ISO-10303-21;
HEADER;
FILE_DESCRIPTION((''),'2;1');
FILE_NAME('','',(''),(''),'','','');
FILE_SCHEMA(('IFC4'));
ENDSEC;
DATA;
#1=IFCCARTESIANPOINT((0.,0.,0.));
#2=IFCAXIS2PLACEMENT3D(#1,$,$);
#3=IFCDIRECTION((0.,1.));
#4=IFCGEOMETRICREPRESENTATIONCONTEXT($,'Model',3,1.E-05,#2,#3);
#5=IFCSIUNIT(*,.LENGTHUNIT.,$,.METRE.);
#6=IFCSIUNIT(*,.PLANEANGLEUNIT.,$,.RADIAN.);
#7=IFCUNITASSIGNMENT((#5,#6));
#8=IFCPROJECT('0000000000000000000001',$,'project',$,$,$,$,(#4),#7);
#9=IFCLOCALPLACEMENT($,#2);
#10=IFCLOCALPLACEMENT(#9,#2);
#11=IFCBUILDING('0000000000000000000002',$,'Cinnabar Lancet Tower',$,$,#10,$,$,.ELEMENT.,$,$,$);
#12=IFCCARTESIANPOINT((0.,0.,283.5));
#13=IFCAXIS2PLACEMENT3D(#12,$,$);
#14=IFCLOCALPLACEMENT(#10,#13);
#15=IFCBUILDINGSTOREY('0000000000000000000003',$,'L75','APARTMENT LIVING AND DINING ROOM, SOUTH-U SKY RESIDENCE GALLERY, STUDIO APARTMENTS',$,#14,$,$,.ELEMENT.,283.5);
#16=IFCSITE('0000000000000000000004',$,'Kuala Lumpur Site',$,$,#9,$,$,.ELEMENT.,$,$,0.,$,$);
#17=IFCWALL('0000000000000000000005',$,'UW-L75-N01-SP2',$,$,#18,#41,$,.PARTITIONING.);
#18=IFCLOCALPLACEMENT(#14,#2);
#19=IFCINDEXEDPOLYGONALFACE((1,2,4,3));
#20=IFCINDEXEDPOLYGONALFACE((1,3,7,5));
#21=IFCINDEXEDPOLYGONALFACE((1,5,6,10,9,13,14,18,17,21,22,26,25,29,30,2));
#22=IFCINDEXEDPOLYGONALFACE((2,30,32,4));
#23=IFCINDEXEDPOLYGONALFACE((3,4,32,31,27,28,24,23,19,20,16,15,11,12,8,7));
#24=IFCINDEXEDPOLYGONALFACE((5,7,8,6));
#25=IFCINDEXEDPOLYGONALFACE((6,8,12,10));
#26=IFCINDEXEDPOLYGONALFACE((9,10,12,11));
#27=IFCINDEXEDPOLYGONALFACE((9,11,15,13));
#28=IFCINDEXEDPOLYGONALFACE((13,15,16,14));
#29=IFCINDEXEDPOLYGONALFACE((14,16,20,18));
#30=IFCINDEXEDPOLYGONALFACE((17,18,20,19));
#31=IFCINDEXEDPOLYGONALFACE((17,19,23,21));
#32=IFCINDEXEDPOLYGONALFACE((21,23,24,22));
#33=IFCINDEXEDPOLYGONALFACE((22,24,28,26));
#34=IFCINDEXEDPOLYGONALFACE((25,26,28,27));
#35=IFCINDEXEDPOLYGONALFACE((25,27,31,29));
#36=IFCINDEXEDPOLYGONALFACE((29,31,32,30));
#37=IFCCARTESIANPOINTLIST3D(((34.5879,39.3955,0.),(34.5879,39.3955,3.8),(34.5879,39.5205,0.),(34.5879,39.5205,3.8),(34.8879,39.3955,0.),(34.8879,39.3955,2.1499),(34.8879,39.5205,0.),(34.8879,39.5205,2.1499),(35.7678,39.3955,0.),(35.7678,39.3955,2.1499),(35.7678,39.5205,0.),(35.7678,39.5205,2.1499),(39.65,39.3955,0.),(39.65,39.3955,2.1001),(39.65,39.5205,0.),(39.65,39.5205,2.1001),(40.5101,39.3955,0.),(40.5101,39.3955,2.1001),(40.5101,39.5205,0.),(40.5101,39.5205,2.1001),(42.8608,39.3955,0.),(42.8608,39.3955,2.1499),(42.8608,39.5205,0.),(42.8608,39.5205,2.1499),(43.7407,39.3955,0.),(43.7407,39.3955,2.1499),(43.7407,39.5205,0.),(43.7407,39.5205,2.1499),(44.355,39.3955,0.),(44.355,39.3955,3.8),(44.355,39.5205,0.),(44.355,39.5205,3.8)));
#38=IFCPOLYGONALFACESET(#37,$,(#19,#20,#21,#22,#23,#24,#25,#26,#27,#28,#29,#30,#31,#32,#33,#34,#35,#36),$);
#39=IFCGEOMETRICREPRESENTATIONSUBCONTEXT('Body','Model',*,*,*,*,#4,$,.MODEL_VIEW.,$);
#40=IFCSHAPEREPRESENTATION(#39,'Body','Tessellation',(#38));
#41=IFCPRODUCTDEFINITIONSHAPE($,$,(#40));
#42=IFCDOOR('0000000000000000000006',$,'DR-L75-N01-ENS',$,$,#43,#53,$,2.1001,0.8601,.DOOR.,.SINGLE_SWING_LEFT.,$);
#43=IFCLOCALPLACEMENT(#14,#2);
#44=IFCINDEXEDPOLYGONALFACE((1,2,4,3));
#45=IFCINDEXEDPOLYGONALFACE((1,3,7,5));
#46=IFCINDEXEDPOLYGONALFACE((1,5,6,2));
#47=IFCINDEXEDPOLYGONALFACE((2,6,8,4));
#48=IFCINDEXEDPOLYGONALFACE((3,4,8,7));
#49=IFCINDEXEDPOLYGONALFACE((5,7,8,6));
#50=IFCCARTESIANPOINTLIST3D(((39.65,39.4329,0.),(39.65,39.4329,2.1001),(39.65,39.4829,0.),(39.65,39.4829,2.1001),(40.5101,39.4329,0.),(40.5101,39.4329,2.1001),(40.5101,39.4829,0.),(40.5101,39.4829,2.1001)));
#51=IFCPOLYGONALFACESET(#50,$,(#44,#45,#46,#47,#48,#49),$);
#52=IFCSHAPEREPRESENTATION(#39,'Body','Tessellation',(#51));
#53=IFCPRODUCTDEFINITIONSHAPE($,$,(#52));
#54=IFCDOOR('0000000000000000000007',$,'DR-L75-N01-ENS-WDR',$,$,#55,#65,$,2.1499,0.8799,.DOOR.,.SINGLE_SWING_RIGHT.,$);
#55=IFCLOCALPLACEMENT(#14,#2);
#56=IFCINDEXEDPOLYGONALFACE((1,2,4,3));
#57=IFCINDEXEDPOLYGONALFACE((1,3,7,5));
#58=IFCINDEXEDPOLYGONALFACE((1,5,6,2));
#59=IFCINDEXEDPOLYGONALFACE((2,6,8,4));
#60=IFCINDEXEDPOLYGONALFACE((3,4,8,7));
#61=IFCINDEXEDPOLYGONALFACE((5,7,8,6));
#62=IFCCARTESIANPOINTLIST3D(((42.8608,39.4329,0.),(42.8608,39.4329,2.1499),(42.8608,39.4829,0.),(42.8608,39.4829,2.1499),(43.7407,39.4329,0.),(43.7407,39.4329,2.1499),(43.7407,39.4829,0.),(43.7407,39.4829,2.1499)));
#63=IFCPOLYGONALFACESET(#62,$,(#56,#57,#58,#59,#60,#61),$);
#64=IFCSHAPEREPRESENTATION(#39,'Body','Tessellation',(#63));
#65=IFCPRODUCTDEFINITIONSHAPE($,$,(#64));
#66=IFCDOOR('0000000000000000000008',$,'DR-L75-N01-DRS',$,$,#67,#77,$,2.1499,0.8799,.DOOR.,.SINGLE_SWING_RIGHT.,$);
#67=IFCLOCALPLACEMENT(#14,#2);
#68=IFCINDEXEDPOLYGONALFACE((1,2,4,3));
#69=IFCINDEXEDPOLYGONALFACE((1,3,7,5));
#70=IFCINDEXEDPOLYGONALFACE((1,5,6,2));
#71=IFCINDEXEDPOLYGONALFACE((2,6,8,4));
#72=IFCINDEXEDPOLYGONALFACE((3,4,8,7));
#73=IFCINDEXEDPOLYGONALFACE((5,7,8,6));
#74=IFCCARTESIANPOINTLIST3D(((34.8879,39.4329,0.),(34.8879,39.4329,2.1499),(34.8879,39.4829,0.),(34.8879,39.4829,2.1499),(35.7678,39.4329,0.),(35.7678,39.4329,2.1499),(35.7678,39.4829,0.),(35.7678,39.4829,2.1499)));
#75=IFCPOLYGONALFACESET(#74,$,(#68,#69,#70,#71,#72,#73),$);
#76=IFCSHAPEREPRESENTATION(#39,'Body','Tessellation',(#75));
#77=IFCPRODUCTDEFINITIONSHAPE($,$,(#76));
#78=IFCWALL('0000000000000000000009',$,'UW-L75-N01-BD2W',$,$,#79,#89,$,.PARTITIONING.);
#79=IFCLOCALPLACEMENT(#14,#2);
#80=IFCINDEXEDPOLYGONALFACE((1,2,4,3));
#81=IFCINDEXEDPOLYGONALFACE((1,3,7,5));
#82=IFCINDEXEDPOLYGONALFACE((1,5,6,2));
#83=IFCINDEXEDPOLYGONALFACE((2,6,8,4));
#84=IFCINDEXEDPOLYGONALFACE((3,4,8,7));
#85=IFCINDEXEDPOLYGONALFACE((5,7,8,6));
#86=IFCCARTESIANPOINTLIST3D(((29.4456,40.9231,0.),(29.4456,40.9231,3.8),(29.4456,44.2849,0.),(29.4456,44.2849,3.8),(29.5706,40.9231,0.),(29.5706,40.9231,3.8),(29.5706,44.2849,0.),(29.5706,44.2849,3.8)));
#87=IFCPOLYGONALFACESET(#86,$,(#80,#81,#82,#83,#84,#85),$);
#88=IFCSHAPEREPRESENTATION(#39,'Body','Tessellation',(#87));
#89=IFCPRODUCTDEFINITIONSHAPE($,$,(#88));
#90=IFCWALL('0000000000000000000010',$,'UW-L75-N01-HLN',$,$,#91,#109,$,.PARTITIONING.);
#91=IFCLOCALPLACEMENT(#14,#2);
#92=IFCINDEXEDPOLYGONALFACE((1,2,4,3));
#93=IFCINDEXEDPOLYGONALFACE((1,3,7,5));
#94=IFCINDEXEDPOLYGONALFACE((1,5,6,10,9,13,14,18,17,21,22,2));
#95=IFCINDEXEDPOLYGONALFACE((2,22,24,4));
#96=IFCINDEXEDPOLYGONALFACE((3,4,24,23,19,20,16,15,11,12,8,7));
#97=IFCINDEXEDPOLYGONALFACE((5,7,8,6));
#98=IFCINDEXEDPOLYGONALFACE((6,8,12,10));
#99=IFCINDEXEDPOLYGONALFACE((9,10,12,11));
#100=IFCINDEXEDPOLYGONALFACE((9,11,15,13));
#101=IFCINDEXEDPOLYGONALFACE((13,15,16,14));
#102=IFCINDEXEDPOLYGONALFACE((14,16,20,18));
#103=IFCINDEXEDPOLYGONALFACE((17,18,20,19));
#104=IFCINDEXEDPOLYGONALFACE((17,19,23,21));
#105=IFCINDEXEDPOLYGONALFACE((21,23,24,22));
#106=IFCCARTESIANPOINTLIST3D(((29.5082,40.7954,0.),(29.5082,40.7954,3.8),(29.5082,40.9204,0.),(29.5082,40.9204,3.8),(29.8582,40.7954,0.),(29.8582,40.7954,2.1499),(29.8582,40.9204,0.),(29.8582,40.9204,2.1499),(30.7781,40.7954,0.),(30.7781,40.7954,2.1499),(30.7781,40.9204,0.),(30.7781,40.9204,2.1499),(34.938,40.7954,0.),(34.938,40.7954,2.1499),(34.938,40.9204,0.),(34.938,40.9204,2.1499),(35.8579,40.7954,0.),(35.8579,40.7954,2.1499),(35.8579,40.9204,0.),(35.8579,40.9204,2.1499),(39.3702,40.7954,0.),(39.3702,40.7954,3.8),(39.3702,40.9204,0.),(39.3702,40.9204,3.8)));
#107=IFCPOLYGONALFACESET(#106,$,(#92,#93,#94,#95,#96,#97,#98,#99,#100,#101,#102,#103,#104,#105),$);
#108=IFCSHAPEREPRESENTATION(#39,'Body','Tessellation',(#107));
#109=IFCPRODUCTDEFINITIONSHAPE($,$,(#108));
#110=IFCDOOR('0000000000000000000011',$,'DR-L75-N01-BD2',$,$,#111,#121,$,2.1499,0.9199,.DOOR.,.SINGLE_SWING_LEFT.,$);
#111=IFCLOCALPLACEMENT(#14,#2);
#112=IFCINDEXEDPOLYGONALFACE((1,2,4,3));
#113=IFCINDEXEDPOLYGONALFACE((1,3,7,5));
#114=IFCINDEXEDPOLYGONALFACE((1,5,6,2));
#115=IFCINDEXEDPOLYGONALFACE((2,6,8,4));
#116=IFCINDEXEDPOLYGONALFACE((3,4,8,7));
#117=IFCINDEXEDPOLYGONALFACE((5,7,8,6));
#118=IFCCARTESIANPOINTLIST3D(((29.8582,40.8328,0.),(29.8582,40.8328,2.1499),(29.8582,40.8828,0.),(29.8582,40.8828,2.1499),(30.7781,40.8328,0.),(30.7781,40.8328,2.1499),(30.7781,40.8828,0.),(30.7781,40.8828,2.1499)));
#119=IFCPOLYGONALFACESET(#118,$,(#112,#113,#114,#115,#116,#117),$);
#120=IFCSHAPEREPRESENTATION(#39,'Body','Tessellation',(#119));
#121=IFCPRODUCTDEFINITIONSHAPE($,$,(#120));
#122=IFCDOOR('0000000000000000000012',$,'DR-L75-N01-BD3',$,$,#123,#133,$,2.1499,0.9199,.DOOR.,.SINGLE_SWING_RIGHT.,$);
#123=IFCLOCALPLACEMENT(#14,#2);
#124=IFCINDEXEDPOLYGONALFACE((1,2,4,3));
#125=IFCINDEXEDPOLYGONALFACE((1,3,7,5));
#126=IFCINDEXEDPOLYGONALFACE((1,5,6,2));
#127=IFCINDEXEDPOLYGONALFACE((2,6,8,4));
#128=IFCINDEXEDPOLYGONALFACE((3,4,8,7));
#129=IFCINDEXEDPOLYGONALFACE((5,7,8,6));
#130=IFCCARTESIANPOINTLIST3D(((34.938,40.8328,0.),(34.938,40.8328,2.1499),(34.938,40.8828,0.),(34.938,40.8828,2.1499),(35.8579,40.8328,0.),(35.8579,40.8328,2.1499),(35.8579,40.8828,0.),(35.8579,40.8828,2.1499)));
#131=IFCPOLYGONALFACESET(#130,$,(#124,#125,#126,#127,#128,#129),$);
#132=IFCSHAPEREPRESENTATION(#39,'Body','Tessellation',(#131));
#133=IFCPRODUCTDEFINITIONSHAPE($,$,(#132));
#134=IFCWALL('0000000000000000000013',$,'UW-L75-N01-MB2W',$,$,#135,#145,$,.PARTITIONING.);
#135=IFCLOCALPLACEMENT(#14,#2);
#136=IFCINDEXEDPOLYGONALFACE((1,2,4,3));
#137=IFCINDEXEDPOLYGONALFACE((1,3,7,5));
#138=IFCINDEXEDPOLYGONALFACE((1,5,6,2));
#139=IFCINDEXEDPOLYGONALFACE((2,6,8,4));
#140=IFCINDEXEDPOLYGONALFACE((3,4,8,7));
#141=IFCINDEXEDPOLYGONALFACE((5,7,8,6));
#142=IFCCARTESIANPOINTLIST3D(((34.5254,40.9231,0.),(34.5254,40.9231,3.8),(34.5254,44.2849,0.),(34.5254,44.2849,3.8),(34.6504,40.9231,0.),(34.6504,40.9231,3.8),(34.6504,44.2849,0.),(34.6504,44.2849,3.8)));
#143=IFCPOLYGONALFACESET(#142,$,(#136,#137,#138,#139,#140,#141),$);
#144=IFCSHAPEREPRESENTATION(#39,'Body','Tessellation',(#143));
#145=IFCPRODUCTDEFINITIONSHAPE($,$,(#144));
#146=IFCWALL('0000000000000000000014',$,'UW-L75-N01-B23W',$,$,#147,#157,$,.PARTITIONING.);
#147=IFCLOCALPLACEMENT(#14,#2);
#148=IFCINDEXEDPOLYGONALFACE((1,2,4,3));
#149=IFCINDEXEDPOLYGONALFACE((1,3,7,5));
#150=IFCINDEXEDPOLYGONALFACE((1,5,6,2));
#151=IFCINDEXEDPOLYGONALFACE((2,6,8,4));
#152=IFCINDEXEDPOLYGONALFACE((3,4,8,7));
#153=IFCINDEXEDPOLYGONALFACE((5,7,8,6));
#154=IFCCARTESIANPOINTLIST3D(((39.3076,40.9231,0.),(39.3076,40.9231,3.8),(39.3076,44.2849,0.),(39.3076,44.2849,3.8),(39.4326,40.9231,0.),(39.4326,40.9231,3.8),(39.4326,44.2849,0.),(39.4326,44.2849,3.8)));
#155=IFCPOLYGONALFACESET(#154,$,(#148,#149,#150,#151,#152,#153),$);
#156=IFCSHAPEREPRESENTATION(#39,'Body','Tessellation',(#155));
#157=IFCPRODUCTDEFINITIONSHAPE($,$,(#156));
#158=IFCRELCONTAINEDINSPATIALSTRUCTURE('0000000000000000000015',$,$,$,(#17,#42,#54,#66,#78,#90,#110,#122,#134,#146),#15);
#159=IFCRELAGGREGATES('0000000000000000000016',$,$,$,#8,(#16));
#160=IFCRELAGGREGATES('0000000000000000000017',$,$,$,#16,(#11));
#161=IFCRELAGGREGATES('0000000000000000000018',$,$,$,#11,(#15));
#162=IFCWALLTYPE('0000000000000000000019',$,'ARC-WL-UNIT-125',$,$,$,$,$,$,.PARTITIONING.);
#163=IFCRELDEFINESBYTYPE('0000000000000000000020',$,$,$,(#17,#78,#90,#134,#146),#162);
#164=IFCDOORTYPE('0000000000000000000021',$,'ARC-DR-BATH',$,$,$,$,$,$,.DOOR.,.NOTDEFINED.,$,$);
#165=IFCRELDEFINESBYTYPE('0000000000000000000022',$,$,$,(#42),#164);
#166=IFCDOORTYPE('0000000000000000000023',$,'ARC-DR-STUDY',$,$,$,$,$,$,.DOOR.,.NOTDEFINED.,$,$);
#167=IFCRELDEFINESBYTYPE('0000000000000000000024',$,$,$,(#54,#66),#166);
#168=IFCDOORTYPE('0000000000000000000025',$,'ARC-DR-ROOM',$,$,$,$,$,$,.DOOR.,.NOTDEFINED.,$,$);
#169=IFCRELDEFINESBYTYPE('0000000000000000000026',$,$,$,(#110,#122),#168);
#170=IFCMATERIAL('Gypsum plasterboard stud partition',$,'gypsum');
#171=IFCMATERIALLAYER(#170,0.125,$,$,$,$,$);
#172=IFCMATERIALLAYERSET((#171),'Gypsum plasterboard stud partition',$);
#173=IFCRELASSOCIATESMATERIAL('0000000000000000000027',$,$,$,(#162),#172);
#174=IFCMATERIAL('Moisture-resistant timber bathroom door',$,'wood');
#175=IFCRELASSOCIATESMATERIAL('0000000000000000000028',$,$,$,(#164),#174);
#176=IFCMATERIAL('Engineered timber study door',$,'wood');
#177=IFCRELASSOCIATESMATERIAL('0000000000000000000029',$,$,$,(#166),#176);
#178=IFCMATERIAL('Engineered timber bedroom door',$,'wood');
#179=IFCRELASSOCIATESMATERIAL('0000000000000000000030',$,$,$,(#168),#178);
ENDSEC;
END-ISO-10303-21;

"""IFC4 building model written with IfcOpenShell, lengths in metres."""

from ifc_helpers import new_model, si_unit, direction, frame, frame_2d, origin, place, context, subcontext, project, spatial, rectangle, extrude, material, layer, layer_set, type_object, element, fill, save


model = new_model("IFC4")

# Units and contexts
model_context = context("Model", 3, precision=1e-05, world=origin(), true_north=direction((0.0, 1.0)))
body_context = subcontext(model_context, "Body", "Model", "MODEL_VIEW")
ifc_project = project(units=[si_unit("LENGTHUNIT", "METRE"), si_unit("PLANEANGLEUNIT", "RADIAN")], contexts=[model_context])

# Site, building, storey
site_placement = place(None, origin())
site = spatial("IfcSite", under=ifc_project, at=site_placement, Name="Kuala Lumpur Site", CompositionType="ELEMENT", RefElevation=0.0)
building_placement = place(site_placement, origin())
building = spatial("IfcBuilding", under=site, at=building_placement, Name="Cinnabar Lancet Tower", CompositionType="ELEMENT")
storey_placement = place(building_placement, frame((0.0, 0.0, 283.5)))
storey = spatial("IfcBuildingStorey", under=building, at=storey_placement, Name="L75", Description="APARTMENT LIVING AND DINING ROOM, SOUTH-U SKY RESIDENCE GALLERY, STUDIO APARTMENTS", CompositionType="ELEMENT", Elevation=283.5)

# Wall, openings, doors
ifc_material_1 = material(Name="Gypsum plasterboard stud partition", Category="gypsum")
ifc_layer_1 = layer(ifc_material_1, 0.125)
ifc_layer_set_1 = layer_set([ifc_layer_1], Name="Gypsum plasterboard stud partition")
wall_type_1 = type_object("IfcWallType", Name="ARC-WL-UNIT-125", PredefinedType="PARTITIONING", material=ifc_layer_set_1)
wall_1_placement = place(storey_placement, frame((34.5879, 39.458, 0.0), z_axis=(0.0, 0.0, 1.0), x_axis=(1.0, 0.0, 0.0)))
wall_1 = element("IfcWall", 1, at=wall_1_placement, inside=storey, type_object=wall_type_1, Name="UW-L75-N01-SP2", PredefinedType="PARTITIONING", context=body_context, shape_type="SweptSolid", body=[
    extrude(rectangle(XDim=9.7671, YDim=0.125, at=frame_2d((4.8835, 0.0))), origin(), (0.0, 0.0, 1.0), 3.8),
])
opening_1_placement = place(wall_1_placement, frame((5.062, 0.0, 0.0)))
opening_1 = element("IfcOpeningElement", 2, at=opening_1_placement, cuts=wall_1, PredefinedType="OPENING", context=body_context, shape_type="SweptSolid", body=[
    extrude(rectangle(XDim=0.8601, YDim=2.1001, at=frame_2d((0.4302, 1.05))), frame((0.0, 0.0725, 0.0), z_axis=(0.0, -1.0, 0.0), x_axis=(1.0, 0.0, 0.0)), (0.0, 0.0, 1.0), 0.145),
])
opening_2_placement = place(wall_1_placement, frame((8.2729, 0.0, 0.0)))
opening_2 = element("IfcOpeningElement", 3, at=opening_2_placement, cuts=wall_1, PredefinedType="OPENING", context=body_context, shape_type="SweptSolid", body=[
    extrude(rectangle(XDim=0.8799, YDim=2.1499, at=frame_2d((0.4399, 1.075))), frame((0.0, 0.0725, 0.0), z_axis=(0.0, -1.0, 0.0), x_axis=(1.0, 0.0, 0.0)), (0.0, 0.0, 1.0), 0.145),
])
opening_3_placement = place(wall_1_placement, frame((0.3, 0.0, 0.0)))
opening_3 = element("IfcOpeningElement", 4, at=opening_3_placement, cuts=wall_1, PredefinedType="OPENING", context=body_context, shape_type="SweptSolid", body=[
    extrude(rectangle(XDim=0.8799, YDim=2.1499, at=frame_2d((0.4399, 1.075))), frame((0.0, 0.0725, 0.0), z_axis=(0.0, -1.0, 0.0), x_axis=(1.0, 0.0, 0.0)), (0.0, 0.0, 1.0), 0.145),
])
ifc_material_2 = material(Name="Moisture-resistant timber bathroom door", Category="wood")
door_type_1 = type_object("IfcDoorType", Name="ARC-DR-BATH", OperationType="NOTDEFINED", PredefinedType="DOOR", material=ifc_material_2)
door_1_placement = place(opening_1_placement, origin())
door_1 = element("IfcDoor", 5, at=door_1_placement, inside=storey, type_object=door_type_1, Name="DR-L75-N01-ENS", OperationType="SINGLE_SWING_LEFT", OverallHeight=2.1001, OverallWidth=0.8601, PredefinedType="DOOR", context=body_context, shape_type="SweptSolid", body=[
    extrude(rectangle(XDim=0.8601, YDim=2.1001, at=frame_2d((0.4302, 1.05))), frame((0.0, 0.0249, 0.0), z_axis=(0.0, -1.0, 0.0), x_axis=(1.0, 0.0, 0.0)), (0.0, 0.0, 1.0), 0.05),
])
fill(opening_1, door_1)
ifc_material_3 = material(Name="Engineered timber study door", Category="wood")
door_type_2 = type_object("IfcDoorType", Name="ARC-DR-STUDY", OperationType="NOTDEFINED", PredefinedType="DOOR", material=ifc_material_3)
door_2_placement = place(opening_2_placement, origin())
door_2 = element("IfcDoor", 6, at=door_2_placement, inside=storey, type_object=door_type_2, Name="DR-L75-N01-ENS-WDR", OperationType="SINGLE_SWING_RIGHT", OverallHeight=2.1499, OverallWidth=0.8799, PredefinedType="DOOR", context=body_context, shape_type="SweptSolid", body=[
    extrude(rectangle(XDim=0.8799, YDim=2.1499, at=frame_2d((0.4399, 1.075))), frame((0.0, 0.0249, 0.0), z_axis=(0.0, -1.0, 0.0), x_axis=(1.0, 0.0, 0.0)), (0.0, 0.0, 1.0), 0.05),
])
fill(opening_2, door_2)
door_3_placement = place(opening_3_placement, origin())
door_3 = element("IfcDoor", 7, at=door_3_placement, inside=storey, type_object=door_type_2, Name="DR-L75-N01-DRS", OperationType="SINGLE_SWING_RIGHT", OverallHeight=2.1499, OverallWidth=0.8799, PredefinedType="DOOR", context=body_context, shape_type="SweptSolid", body=[
    extrude(rectangle(XDim=0.8799, YDim=2.1499, at=frame_2d((0.4399, 1.075))), frame((0.0, 0.0249, 0.0), z_axis=(0.0, -1.0, 0.0), x_axis=(1.0, 0.0, 0.0)), (0.0, 0.0, 1.0), 0.05),
])
fill(opening_3, door_3)

# Wall
wall_2_placement = place(storey_placement, frame((29.5081, 40.9231, 0.0), z_axis=(0.0, 0.0, 1.0), x_axis=(0.0, 1.0, 0.0)))
element("IfcWall", 8, at=wall_2_placement, inside=storey, type_object=wall_type_1, Name="UW-L75-N01-BD2W", PredefinedType="PARTITIONING", context=body_context, shape_type="SweptSolid", body=[
    extrude(rectangle(XDim=3.3618, YDim=0.125, at=frame_2d((1.6809, 0.0))), origin(), (0.0, 0.0, 1.0), 3.8),
])

# Wall, openings, doors
wall_3_placement = place(storey_placement, frame((29.5081, 40.8579, 0.0), z_axis=(0.0, 0.0, 1.0), x_axis=(1.0, 0.0, 0.0)))
wall_3 = element("IfcWall", 9, at=wall_3_placement, inside=storey, type_object=wall_type_1, Name="UW-L75-N01-HLN", PredefinedType="PARTITIONING", context=body_context, shape_type="SweptSolid", body=[
    extrude(rectangle(XDim=9.8621, YDim=0.125, at=frame_2d((4.9312, 0.0))), origin(), (0.0, 0.0, 1.0), 3.8),
])
opening_4_placement = place(wall_3_placement, frame((0.3501, 0.0, 0.0)))
opening_4 = element("IfcOpeningElement", 10, at=opening_4_placement, cuts=wall_3, PredefinedType="OPENING", context=body_context, shape_type="SweptSolid", body=[
    extrude(rectangle(XDim=0.9199, YDim=2.1499, at=frame_2d((0.46, 1.075))), frame((0.0, 0.0725, 0.0), z_axis=(0.0, -1.0, 0.0), x_axis=(1.0, 0.0, 0.0)), (0.0, 0.0, 1.0), 0.145),
])
opening_5_placement = place(wall_3_placement, frame((5.4299, 0.0, 0.0)))
opening_5 = element("IfcOpeningElement", 11, at=opening_5_placement, cuts=wall_3, PredefinedType="OPENING", context=body_context, shape_type="SweptSolid", body=[
    extrude(rectangle(XDim=0.9199, YDim=2.1499, at=frame_2d((0.46, 1.075))), frame((0.0, 0.0725, 0.0), z_axis=(0.0, -1.0, 0.0), x_axis=(1.0, 0.0, 0.0)), (0.0, 0.0, 1.0), 0.145),
])
ifc_material_4 = material(Name="Engineered timber bedroom door", Category="wood")
door_type_3 = type_object("IfcDoorType", Name="ARC-DR-ROOM", OperationType="NOTDEFINED", PredefinedType="DOOR", material=ifc_material_4)
door_4_placement = place(opening_4_placement, origin())
door_4 = element("IfcDoor", 12, at=door_4_placement, inside=storey, type_object=door_type_3, Name="DR-L75-N01-BD2", OperationType="SINGLE_SWING_LEFT", OverallHeight=2.1499, OverallWidth=0.9199, PredefinedType="DOOR", context=body_context, shape_type="SweptSolid", body=[
    extrude(rectangle(XDim=0.9199, YDim=2.1499, at=frame_2d((0.46, 1.075))), frame((0.0, 0.0249, 0.0), z_axis=(0.0, -1.0, 0.0), x_axis=(1.0, 0.0, 0.0)), (0.0, 0.0, 1.0), 0.05),
])
fill(opening_4, door_4)
door_5_placement = place(opening_5_placement, origin())
door_5 = element("IfcDoor", 13, at=door_5_placement, inside=storey, type_object=door_type_3, Name="DR-L75-N01-BD3", OperationType="SINGLE_SWING_RIGHT", OverallHeight=2.1499, OverallWidth=0.9199, PredefinedType="DOOR", context=body_context, shape_type="SweptSolid", body=[
    extrude(rectangle(XDim=0.9199, YDim=2.1499, at=frame_2d((0.46, 1.075))), frame((0.0, 0.0249, 0.0), z_axis=(0.0, -1.0, 0.0), x_axis=(1.0, 0.0, 0.0)), (0.0, 0.0, 1.0), 0.05),
])
fill(opening_5, door_5)

# Walls
for number, where, z_axis, x_axis, name in (
    (14, (34.5879, 40.9231, 0.0), (0.0, 0.0, 1.0), (0.0, 1.0, 0.0), "UW-L75-N01-MB2W"),
    (15, (39.3701, 40.9231, 0.0), (0.0, 0.0, 1.0), (0.0, 1.0, 0.0), "UW-L75-N01-B23W"),
):
    element("IfcWall", number, at=place(storey_placement, frame(where, z_axis=z_axis, x_axis=x_axis)), inside=storey, type_object=wall_type_1, Name=name, PredefinedType="PARTITIONING", context=body_context, shape_type="SweptSolid", body=[
        extrude(rectangle(XDim=3.3618, YDim=0.125, at=frame_2d((1.6809, 0.0))), origin(), (0.0, 0.0, 1.0), 3.8),
    ])

save(model, "model.ifc")
